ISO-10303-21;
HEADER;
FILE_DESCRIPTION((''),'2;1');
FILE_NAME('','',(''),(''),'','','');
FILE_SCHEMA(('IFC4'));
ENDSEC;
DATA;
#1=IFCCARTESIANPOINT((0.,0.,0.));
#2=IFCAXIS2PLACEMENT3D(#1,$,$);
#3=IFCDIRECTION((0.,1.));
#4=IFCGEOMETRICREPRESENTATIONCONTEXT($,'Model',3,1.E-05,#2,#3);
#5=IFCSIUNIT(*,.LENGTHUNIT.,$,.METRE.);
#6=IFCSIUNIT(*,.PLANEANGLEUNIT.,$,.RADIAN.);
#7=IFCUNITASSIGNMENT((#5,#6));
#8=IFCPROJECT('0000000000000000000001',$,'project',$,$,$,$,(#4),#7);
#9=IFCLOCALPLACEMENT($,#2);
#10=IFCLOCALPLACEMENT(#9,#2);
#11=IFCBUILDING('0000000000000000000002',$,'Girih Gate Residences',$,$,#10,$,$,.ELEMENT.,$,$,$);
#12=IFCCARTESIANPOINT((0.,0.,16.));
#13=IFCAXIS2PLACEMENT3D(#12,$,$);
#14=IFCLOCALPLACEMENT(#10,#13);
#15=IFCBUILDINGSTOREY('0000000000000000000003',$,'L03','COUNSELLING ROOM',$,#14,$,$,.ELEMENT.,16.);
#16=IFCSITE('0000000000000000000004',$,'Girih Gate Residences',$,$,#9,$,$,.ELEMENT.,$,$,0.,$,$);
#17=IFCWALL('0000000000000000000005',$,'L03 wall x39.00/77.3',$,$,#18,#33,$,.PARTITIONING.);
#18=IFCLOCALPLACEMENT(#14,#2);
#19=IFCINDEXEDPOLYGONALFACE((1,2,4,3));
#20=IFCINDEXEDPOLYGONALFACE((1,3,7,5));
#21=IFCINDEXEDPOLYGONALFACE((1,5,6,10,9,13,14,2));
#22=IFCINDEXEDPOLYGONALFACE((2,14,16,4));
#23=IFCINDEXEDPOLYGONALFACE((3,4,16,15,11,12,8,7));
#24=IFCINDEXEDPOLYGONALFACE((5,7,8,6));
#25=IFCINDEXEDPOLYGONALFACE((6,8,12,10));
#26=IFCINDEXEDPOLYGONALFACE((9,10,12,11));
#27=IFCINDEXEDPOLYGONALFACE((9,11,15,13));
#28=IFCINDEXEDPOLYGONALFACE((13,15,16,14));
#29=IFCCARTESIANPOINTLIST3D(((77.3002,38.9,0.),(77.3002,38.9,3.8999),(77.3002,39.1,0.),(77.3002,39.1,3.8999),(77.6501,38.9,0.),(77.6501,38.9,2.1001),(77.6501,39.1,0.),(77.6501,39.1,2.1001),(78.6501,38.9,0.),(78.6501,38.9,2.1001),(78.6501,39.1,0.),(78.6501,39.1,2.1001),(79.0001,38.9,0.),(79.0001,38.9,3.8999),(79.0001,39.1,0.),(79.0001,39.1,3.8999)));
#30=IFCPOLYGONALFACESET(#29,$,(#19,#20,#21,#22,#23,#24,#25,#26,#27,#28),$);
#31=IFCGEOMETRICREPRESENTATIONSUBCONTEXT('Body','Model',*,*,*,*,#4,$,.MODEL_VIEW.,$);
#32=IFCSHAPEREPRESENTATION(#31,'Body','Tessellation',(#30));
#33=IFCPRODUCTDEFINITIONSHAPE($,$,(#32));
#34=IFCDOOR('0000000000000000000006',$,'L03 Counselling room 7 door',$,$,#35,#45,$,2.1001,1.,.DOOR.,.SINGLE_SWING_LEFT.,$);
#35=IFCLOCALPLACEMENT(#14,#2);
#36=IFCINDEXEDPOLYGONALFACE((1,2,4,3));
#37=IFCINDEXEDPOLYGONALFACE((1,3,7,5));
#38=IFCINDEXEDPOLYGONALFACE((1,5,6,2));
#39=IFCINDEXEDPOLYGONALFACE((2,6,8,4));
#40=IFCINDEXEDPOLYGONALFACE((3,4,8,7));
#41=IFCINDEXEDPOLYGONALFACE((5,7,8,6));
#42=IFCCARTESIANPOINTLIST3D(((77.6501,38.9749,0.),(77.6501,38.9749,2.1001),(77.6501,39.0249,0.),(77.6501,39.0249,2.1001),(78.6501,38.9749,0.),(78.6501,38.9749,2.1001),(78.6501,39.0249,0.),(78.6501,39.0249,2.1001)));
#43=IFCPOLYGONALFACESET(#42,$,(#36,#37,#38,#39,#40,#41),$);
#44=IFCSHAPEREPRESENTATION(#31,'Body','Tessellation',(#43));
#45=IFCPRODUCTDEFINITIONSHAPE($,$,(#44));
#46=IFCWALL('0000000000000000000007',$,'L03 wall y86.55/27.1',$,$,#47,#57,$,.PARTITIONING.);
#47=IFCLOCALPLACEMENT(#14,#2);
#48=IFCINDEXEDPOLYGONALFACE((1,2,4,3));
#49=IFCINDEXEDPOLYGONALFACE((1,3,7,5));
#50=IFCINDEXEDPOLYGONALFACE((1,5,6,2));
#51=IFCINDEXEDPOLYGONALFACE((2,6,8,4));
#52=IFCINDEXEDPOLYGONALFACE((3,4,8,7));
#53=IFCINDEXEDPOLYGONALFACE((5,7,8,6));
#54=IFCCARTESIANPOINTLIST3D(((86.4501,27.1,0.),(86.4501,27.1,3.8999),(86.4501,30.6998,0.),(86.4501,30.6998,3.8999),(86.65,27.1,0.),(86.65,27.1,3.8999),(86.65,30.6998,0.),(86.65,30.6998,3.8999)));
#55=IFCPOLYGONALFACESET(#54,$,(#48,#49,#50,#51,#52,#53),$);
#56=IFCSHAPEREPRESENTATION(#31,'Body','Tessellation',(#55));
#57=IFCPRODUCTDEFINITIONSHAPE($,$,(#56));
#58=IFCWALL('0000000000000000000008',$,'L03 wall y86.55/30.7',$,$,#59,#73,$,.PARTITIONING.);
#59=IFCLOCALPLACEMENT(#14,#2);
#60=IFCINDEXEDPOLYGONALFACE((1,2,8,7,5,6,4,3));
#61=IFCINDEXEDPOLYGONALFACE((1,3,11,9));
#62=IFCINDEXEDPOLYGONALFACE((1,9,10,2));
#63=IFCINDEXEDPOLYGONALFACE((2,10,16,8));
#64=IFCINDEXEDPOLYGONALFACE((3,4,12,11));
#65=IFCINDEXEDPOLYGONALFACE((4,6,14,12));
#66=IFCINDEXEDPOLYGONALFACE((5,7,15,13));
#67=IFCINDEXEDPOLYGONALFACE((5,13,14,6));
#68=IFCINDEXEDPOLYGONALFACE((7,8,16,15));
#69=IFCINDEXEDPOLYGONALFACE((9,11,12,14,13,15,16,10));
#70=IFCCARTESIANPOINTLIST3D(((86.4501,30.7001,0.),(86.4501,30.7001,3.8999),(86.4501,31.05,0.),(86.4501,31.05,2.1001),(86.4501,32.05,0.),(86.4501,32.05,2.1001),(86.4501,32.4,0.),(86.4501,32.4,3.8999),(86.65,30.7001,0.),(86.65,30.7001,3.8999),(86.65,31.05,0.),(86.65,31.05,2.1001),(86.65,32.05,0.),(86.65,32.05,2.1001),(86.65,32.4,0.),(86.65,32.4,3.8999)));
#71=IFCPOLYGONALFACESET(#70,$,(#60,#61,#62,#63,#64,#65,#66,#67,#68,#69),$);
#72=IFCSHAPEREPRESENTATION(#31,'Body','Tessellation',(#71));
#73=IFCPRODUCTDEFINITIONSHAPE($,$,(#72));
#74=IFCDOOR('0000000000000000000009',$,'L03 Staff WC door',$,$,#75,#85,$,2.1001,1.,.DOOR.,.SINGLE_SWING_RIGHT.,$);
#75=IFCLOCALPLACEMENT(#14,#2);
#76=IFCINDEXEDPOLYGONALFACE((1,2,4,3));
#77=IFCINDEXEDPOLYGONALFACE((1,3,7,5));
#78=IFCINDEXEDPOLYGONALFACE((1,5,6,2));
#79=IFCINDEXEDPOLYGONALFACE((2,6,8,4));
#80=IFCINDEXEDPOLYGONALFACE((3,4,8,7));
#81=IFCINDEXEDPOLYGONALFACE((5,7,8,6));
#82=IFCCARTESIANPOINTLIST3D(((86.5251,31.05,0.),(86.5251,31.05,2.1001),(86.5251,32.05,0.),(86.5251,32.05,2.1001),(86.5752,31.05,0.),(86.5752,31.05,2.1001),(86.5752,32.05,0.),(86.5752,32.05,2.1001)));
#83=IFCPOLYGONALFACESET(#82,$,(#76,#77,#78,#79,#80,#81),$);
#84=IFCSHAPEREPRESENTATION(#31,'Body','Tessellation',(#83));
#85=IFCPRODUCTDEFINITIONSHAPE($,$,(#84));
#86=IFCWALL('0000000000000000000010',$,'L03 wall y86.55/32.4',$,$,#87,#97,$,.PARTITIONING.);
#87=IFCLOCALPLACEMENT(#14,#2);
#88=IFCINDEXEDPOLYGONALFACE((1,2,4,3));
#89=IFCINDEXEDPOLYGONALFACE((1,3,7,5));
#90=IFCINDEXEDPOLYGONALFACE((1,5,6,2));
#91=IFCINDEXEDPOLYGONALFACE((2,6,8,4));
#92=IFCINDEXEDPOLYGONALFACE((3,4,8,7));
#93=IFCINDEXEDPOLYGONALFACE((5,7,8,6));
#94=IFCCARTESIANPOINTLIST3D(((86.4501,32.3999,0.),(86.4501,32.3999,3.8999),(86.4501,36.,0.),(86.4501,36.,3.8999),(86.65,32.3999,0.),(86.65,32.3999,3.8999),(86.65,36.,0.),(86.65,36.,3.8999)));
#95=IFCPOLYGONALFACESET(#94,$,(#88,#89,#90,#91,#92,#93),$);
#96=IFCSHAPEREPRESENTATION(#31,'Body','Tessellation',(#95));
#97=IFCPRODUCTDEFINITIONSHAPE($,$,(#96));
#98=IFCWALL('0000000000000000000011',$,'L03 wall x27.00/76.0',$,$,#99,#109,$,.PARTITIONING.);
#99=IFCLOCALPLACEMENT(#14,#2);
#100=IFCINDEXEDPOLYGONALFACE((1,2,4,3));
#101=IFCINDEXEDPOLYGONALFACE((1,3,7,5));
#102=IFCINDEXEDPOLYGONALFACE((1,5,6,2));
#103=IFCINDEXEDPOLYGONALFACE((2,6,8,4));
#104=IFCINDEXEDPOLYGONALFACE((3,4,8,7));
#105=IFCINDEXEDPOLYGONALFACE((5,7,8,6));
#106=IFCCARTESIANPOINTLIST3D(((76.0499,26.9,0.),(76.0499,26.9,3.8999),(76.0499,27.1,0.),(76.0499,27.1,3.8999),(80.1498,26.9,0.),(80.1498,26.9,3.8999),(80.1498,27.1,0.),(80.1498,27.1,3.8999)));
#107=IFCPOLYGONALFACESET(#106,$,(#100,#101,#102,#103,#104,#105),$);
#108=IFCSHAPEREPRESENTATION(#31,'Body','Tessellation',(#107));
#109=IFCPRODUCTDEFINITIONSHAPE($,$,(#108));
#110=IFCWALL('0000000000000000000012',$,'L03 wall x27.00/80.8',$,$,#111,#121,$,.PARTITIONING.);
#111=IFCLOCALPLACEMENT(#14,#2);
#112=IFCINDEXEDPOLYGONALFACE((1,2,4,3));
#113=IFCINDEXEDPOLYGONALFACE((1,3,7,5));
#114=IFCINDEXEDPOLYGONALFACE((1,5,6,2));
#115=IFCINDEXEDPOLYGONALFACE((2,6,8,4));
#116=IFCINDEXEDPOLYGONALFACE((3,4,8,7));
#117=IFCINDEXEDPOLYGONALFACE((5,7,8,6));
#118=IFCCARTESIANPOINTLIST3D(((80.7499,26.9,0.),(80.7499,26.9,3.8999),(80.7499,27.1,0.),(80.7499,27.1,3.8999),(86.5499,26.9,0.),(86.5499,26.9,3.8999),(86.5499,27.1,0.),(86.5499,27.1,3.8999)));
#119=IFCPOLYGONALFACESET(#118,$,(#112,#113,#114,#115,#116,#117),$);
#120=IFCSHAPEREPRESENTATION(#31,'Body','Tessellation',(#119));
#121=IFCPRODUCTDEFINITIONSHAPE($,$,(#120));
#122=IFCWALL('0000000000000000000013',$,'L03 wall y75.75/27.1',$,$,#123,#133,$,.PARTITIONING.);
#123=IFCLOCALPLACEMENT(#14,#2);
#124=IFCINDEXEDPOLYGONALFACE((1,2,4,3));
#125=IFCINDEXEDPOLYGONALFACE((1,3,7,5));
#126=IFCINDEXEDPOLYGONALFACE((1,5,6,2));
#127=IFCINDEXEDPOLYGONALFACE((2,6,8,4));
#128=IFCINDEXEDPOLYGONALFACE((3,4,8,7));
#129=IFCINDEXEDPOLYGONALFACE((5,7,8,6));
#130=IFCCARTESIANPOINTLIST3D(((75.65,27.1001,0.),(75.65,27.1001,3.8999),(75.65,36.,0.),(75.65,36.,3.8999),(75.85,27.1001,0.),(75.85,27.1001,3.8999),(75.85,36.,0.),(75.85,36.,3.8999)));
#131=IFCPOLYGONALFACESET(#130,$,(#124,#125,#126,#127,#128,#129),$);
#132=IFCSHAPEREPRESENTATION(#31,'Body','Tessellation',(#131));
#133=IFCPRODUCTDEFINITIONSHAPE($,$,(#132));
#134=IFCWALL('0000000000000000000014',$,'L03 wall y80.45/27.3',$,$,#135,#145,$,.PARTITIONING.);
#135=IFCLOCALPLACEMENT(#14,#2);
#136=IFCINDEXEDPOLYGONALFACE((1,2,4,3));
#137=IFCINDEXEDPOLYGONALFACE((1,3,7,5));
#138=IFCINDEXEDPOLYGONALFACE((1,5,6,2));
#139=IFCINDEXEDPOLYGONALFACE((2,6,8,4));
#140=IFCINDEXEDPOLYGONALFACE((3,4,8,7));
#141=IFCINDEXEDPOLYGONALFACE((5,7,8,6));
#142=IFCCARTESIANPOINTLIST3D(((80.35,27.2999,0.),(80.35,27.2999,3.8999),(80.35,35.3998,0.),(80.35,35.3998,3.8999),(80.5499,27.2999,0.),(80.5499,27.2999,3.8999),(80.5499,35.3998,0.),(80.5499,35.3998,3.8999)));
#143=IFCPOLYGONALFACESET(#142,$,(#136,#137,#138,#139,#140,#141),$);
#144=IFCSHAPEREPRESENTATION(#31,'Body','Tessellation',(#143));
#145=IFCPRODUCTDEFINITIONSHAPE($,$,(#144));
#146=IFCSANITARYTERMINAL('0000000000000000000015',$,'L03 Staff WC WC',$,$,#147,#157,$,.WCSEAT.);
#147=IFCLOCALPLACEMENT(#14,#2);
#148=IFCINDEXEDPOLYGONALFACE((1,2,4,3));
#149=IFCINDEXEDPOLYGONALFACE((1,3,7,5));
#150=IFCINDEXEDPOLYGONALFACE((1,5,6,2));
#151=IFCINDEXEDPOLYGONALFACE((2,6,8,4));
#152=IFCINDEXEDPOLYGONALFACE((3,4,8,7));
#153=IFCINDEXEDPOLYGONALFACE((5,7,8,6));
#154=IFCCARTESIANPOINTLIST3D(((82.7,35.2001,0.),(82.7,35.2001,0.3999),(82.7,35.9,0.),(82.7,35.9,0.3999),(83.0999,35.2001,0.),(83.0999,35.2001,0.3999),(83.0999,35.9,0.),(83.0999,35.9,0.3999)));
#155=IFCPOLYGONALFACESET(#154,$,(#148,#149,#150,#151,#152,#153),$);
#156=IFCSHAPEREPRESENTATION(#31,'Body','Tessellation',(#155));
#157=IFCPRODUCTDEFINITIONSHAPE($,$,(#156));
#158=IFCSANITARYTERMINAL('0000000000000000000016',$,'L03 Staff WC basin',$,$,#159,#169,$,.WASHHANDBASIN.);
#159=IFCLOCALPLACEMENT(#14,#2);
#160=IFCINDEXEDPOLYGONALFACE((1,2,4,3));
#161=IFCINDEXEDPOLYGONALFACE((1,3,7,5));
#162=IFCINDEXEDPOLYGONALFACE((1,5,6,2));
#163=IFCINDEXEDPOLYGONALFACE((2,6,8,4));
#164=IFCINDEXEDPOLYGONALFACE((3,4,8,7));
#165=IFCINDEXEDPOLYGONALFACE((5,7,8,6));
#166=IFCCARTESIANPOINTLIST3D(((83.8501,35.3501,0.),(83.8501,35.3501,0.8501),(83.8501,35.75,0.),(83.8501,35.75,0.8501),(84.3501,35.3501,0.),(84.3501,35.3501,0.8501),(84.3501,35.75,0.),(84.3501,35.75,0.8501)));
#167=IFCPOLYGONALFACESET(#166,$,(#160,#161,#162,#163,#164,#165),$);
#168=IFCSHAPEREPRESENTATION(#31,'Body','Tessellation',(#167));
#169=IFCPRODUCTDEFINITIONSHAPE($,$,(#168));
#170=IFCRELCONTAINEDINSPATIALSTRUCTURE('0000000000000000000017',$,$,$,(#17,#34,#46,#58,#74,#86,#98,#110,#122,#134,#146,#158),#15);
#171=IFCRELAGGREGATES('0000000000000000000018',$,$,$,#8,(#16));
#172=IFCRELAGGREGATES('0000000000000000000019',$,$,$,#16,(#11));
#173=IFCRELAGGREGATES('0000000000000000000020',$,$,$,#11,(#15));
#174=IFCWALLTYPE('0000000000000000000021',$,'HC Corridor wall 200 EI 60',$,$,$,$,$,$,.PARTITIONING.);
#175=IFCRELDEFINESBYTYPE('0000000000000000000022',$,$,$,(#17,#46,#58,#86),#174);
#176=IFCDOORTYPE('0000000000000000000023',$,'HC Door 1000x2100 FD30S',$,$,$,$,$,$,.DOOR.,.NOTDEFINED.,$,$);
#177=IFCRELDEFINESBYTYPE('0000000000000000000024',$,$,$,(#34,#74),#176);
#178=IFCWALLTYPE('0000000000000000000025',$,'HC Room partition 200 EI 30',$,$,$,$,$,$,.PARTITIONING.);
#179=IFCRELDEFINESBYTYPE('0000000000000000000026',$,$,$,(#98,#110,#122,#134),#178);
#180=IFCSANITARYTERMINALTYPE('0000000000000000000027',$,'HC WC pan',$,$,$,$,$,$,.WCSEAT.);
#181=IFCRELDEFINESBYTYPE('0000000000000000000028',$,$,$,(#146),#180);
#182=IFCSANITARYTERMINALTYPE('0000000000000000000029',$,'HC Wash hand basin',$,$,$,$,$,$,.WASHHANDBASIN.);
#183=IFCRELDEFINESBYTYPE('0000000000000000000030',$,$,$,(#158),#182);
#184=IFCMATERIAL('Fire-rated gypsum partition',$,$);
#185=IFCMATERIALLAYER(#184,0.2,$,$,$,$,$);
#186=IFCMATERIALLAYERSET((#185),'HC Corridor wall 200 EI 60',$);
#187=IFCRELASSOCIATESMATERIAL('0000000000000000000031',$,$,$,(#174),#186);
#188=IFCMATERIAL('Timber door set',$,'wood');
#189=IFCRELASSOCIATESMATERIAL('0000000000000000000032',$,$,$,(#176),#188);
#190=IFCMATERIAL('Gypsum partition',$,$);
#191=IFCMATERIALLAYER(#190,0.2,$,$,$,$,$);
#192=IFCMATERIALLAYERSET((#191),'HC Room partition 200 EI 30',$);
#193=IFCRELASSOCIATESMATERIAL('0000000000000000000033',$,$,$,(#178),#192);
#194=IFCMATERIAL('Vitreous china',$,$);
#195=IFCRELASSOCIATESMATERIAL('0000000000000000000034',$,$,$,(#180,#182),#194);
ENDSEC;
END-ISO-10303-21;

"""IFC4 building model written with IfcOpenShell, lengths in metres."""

from ifc_helpers import new_model, si_unit, direction, frame, frame_2d, origin, origin_2d, place, context, subcontext, project, spatial, rectangle, extrude, material, layer, layer_set, type_object, element, fill, save


model = new_model("IFC4")

# Units and contexts
model_context = context("Model", 3, precision=1e-05, world=origin(), true_north=direction((0.0, 1.0)))
body_context = subcontext(model_context, "Body", "Model", "MODEL_VIEW")
ifc_project = project(units=[si_unit("LENGTHUNIT", "METRE"), si_unit("PLANEANGLEUNIT", "RADIAN")], contexts=[model_context])

# Site, building, storey
site_placement = place(None, origin())
site = spatial("IfcSite", under=ifc_project, at=site_placement, Name="Girih Gate Residences", CompositionType="ELEMENT", RefElevation=0.0)
building_placement = place(site_placement, origin())
building = spatial("IfcBuilding", under=site, at=building_placement, Name="Girih Gate Residences", CompositionType="ELEMENT")
storey_placement = place(building_placement, frame((0.0, 0.0, 16.0)))
storey = spatial("IfcBuildingStorey", under=building, at=storey_placement, Name="L03", Description="COUNSELLING ROOM", CompositionType="ELEMENT", Elevation=16.0)

# Shared definitions
ifc_material_1 = material(Name="Fire-rated gypsum partition")
ifc_layer_1 = layer(ifc_material_1, 0.2)
ifc_layer_set_1 = layer_set([ifc_layer_1], Name="HC Corridor wall 200 EI 60")
wall_type_1 = type_object("IfcWallType", Name="HC Corridor wall 200 EI 60", PredefinedType="PARTITIONING", material=ifc_layer_set_1)

# Shared definitions
ifc_material_2 = material(Name="Timber door set", Category="wood")
door_type = type_object("IfcDoorType", Name="HC Door 1000x2100 FD30S", OperationType="NOTDEFINED", PredefinedType="DOOR", material=ifc_material_2)

# Wall, opening, door
wall_1_placement = place(storey_placement, frame((77.3, 39.0, 0.0), z_axis=(0.0, 0.0, 1.0), x_axis=(1.0, 0.0, 0.0)))
wall_1 = element("IfcWall", 1, at=wall_1_placement, inside=storey, type_object=wall_type_1, Name="L03 wall x39.00/77.3", PredefinedType="PARTITIONING", context=body_context, shape_type="SweptSolid", body=[
    extrude(rectangle(XDim=1.7, YDim=0.2, at=frame_2d((0.8501, 0.0))), origin(), (0.0, 0.0, 1.0), 3.8999),
])
opening_1_placement = place(wall_1_placement, frame((0.3501, 0.0, 0.0)))
opening_1 = element("IfcOpeningElement", 2, at=opening_1_placement, cuts=wall_1, PredefinedType="OPENING", context=body_context, shape_type="SweptSolid", body=[
    extrude(rectangle(XDim=1.0, YDim=2.1001, at=frame_2d((0.5, 1.05))), frame((0.0, 0.1099, 0.0), z_axis=(0.0, -1.0, 0.0), x_axis=(1.0, 0.0, 0.0)), (0.0, 0.0, 1.0), 0.22),
])
door_1_placement = place(opening_1_placement, origin())
door_1 = element("IfcDoor", 3, at=door_1_placement, inside=storey, type_object=door_type, Name="L03 Counselling room 7 door", OperationType="SINGLE_SWING_LEFT", OverallHeight=2.1001, OverallWidth=1.0, PredefinedType="DOOR", context=body_context, shape_type="SweptSolid", body=[
    extrude(rectangle(XDim=1.0, YDim=2.1001, at=frame_2d((0.5, 1.05))), frame((0.0, 0.0249, 0.0), z_axis=(0.0, -1.0, 0.0), x_axis=(1.0, 0.0, 0.0)), (0.0, 0.0, 1.0), 0.05),
])
fill(opening_1, door_1)

# Wall
wall_2_placement = place(storey_placement, frame((86.55, 27.1001, 0.0), z_axis=(0.0, 0.0, 1.0), x_axis=(0.0, 1.0, 0.0)))
element("IfcWall", 4, at=wall_2_placement, inside=storey, type_object=wall_type_1, Name="L03 wall y86.55/27.1", PredefinedType="PARTITIONING", context=body_context, shape_type="SweptSolid", body=[
    extrude(rectangle(XDim=3.5999, YDim=0.2, at=frame_2d((1.7998, 0.0))), origin(), (0.0, 0.0, 1.0), 3.8999),
])

# Wall, opening, door
wall_3_placement = place(storey_placement, frame((86.55, 30.7, 0.0), z_axis=(0.0, 0.0, 1.0), x_axis=(0.0, 1.0, 0.0)))
wall_3 = element("IfcWall", 5, at=wall_3_placement, inside=storey, type_object=wall_type_1, Name="L03 wall y86.55/30.7", PredefinedType="PARTITIONING", context=body_context, shape_type="SweptSolid", body=[
    extrude(rectangle(XDim=1.7, YDim=0.2, at=frame_2d((0.8501, 0.0))), origin(), (0.0, 0.0, 1.0), 3.8999),
])
opening_2_placement = place(wall_3_placement, frame((0.3501, 0.0, 0.0)))
opening_2 = element("IfcOpeningElement", 6, at=opening_2_placement, cuts=wall_3, PredefinedType="OPENING", context=body_context, shape_type="SweptSolid", body=[
    extrude(rectangle(XDim=1.0, YDim=2.1001, at=frame_2d((0.5, 1.05))), frame((0.0, 0.1099, 0.0), z_axis=(0.0, -1.0, 0.0), x_axis=(1.0, 0.0, 0.0)), (0.0, 0.0, 1.0), 0.22),
])
door_2_placement = place(opening_2_placement, origin())
door_2 = element("IfcDoor", 7, at=door_2_placement, inside=storey, type_object=door_type, Name="L03 Staff WC door", OperationType="SINGLE_SWING_RIGHT", OverallHeight=2.1001, OverallWidth=1.0, PredefinedType="DOOR", context=body_context, shape_type="SweptSolid", body=[
    extrude(rectangle(XDim=1.0, YDim=2.1001, at=frame_2d((0.5, 1.05))), frame((0.0, 0.0249, 0.0), z_axis=(0.0, -1.0, 0.0), x_axis=(1.0, 0.0, 0.0)), (0.0, 0.0, 1.0), 0.05),
])
fill(opening_2, door_2)

# Walls
wall_4_placement = place(storey_placement, frame((86.55, 32.3999, 0.0), z_axis=(0.0, 0.0, 1.0), x_axis=(0.0, 1.0, 0.0)))
element("IfcWall", 8, at=wall_4_placement, inside=storey, type_object=wall_type_1, Name="L03 wall y86.55/32.4", PredefinedType="PARTITIONING", context=body_context, shape_type="SweptSolid", body=[
    extrude(rectangle(XDim=3.6001, YDim=0.2, at=frame_2d((1.8, 0.0))), origin(), (0.0, 0.0, 1.0), 3.8999),
])
ifc_material_3 = material(Name="Gypsum partition")
ifc_layer_2 = layer(ifc_material_3, 0.2)
ifc_layer_set_2 = layer_set([ifc_layer_2], Name="HC Room partition 200 EI 30")
wall_type_2 = type_object("IfcWallType", Name="HC Room partition 200 EI 30", PredefinedType="PARTITIONING", material=ifc_layer_set_2)
wall_5_placement = place(storey_placement, frame((76.05, 27.0, 0.0), z_axis=(0.0, 0.0, 1.0), x_axis=(1.0, 0.0, 0.0)))
element("IfcWall", 9, at=wall_5_placement, inside=storey, type_object=wall_type_2, Name="L03 wall x27.00/76.0", PredefinedType="PARTITIONING", context=body_context, shape_type="SweptSolid", body=[
    extrude(rectangle(XDim=4.0999, YDim=0.2, at=frame_2d((2.0498, 0.0))), origin(), (0.0, 0.0, 1.0), 3.8999),
])
wall_6_placement = place(storey_placement, frame((80.75, 27.0, 0.0), z_axis=(0.0, 0.0, 1.0), x_axis=(1.0, 0.0, 0.0)))
element("IfcWall", 10, at=wall_6_placement, inside=storey, type_object=wall_type_2, Name="L03 wall x27.00/80.8", PredefinedType="PARTITIONING", context=body_context, shape_type="SweptSolid", body=[
    extrude(rectangle(XDim=5.8, YDim=0.2, at=frame_2d((2.8999, 0.0))), origin(), (0.0, 0.0, 1.0), 3.8999),
])
wall_7_placement = place(storey_placement, frame((75.75, 27.1001, 0.0), z_axis=(0.0, 0.0, 1.0), x_axis=(0.0, 1.0, 0.0)))
element("IfcWall", 11, at=wall_7_placement, inside=storey, type_object=wall_type_2, Name="L03 wall y75.75/27.1", PredefinedType="PARTITIONING", context=body_context, shape_type="SweptSolid", body=[
    extrude(rectangle(XDim=8.8999, YDim=0.2, at=frame_2d((4.45, 0.0))), origin(), (0.0, 0.0, 1.0), 3.8999),
])
wall_8_placement = place(storey_placement, frame((80.45, 27.3, 0.0), z_axis=(0.0, 0.0, 1.0), x_axis=(0.0, 1.0, 0.0)))
element("IfcWall", 12, at=wall_8_placement, inside=storey, type_object=wall_type_2, Name="L03 wall y80.45/27.3", PredefinedType="PARTITIONING", context=body_context, shape_type="SweptSolid", body=[
    extrude(rectangle(XDim=8.0999, YDim=0.2, at=frame_2d((4.0498, 0.0))), origin(), (0.0, 0.0, 1.0), 3.8999),
])

# Sanitary terminals
ifc_material_4 = material(Name="Vitreous china")
sanitary_terminal_type_1 = type_object("IfcSanitaryTerminalType", Name="HC WC pan", PredefinedType="WCSEAT", material=ifc_material_4)
sanitary_terminal_1_placement = place(storey_placement, frame((82.8999, 35.55, 0.0), z_axis=(0.0, 0.0, 1.0), x_axis=(1.0, 0.0, 0.0)))
element("IfcSanitaryTerminal", 13, at=sanitary_terminal_1_placement, inside=storey, type_object=sanitary_terminal_type_1, Name="L03 Staff WC WC", PredefinedType="WCSEAT", context=body_context, shape_type="SweptSolid", body=[
    extrude(rectangle(XDim=0.3999, YDim=0.7, at=origin_2d()), origin(), (0.0, 0.0, 1.0), 0.3999),
])
sanitary_terminal_type_2 = type_object("IfcSanitaryTerminalType", Name="HC Wash hand basin", PredefinedType="WASHHANDBASIN", material=ifc_material_4)
sanitary_terminal_2_placement = place(storey_placement, frame((84.1001, 35.55, 0.0), z_axis=(0.0, 0.0, 1.0), x_axis=(1.0, 0.0, 0.0)))
element("IfcSanitaryTerminal", 14, at=sanitary_terminal_2_placement, inside=storey, type_object=sanitary_terminal_type_2, Name="L03 Staff WC basin", PredefinedType="WASHHANDBASIN", context=body_context, shape_type="SweptSolid", body=[
    extrude(rectangle(XDim=0.5, YDim=0.3999, at=origin_2d()), origin(), (0.0, 0.0, 1.0), 0.8501),
])

save(model, "model.ifc")
